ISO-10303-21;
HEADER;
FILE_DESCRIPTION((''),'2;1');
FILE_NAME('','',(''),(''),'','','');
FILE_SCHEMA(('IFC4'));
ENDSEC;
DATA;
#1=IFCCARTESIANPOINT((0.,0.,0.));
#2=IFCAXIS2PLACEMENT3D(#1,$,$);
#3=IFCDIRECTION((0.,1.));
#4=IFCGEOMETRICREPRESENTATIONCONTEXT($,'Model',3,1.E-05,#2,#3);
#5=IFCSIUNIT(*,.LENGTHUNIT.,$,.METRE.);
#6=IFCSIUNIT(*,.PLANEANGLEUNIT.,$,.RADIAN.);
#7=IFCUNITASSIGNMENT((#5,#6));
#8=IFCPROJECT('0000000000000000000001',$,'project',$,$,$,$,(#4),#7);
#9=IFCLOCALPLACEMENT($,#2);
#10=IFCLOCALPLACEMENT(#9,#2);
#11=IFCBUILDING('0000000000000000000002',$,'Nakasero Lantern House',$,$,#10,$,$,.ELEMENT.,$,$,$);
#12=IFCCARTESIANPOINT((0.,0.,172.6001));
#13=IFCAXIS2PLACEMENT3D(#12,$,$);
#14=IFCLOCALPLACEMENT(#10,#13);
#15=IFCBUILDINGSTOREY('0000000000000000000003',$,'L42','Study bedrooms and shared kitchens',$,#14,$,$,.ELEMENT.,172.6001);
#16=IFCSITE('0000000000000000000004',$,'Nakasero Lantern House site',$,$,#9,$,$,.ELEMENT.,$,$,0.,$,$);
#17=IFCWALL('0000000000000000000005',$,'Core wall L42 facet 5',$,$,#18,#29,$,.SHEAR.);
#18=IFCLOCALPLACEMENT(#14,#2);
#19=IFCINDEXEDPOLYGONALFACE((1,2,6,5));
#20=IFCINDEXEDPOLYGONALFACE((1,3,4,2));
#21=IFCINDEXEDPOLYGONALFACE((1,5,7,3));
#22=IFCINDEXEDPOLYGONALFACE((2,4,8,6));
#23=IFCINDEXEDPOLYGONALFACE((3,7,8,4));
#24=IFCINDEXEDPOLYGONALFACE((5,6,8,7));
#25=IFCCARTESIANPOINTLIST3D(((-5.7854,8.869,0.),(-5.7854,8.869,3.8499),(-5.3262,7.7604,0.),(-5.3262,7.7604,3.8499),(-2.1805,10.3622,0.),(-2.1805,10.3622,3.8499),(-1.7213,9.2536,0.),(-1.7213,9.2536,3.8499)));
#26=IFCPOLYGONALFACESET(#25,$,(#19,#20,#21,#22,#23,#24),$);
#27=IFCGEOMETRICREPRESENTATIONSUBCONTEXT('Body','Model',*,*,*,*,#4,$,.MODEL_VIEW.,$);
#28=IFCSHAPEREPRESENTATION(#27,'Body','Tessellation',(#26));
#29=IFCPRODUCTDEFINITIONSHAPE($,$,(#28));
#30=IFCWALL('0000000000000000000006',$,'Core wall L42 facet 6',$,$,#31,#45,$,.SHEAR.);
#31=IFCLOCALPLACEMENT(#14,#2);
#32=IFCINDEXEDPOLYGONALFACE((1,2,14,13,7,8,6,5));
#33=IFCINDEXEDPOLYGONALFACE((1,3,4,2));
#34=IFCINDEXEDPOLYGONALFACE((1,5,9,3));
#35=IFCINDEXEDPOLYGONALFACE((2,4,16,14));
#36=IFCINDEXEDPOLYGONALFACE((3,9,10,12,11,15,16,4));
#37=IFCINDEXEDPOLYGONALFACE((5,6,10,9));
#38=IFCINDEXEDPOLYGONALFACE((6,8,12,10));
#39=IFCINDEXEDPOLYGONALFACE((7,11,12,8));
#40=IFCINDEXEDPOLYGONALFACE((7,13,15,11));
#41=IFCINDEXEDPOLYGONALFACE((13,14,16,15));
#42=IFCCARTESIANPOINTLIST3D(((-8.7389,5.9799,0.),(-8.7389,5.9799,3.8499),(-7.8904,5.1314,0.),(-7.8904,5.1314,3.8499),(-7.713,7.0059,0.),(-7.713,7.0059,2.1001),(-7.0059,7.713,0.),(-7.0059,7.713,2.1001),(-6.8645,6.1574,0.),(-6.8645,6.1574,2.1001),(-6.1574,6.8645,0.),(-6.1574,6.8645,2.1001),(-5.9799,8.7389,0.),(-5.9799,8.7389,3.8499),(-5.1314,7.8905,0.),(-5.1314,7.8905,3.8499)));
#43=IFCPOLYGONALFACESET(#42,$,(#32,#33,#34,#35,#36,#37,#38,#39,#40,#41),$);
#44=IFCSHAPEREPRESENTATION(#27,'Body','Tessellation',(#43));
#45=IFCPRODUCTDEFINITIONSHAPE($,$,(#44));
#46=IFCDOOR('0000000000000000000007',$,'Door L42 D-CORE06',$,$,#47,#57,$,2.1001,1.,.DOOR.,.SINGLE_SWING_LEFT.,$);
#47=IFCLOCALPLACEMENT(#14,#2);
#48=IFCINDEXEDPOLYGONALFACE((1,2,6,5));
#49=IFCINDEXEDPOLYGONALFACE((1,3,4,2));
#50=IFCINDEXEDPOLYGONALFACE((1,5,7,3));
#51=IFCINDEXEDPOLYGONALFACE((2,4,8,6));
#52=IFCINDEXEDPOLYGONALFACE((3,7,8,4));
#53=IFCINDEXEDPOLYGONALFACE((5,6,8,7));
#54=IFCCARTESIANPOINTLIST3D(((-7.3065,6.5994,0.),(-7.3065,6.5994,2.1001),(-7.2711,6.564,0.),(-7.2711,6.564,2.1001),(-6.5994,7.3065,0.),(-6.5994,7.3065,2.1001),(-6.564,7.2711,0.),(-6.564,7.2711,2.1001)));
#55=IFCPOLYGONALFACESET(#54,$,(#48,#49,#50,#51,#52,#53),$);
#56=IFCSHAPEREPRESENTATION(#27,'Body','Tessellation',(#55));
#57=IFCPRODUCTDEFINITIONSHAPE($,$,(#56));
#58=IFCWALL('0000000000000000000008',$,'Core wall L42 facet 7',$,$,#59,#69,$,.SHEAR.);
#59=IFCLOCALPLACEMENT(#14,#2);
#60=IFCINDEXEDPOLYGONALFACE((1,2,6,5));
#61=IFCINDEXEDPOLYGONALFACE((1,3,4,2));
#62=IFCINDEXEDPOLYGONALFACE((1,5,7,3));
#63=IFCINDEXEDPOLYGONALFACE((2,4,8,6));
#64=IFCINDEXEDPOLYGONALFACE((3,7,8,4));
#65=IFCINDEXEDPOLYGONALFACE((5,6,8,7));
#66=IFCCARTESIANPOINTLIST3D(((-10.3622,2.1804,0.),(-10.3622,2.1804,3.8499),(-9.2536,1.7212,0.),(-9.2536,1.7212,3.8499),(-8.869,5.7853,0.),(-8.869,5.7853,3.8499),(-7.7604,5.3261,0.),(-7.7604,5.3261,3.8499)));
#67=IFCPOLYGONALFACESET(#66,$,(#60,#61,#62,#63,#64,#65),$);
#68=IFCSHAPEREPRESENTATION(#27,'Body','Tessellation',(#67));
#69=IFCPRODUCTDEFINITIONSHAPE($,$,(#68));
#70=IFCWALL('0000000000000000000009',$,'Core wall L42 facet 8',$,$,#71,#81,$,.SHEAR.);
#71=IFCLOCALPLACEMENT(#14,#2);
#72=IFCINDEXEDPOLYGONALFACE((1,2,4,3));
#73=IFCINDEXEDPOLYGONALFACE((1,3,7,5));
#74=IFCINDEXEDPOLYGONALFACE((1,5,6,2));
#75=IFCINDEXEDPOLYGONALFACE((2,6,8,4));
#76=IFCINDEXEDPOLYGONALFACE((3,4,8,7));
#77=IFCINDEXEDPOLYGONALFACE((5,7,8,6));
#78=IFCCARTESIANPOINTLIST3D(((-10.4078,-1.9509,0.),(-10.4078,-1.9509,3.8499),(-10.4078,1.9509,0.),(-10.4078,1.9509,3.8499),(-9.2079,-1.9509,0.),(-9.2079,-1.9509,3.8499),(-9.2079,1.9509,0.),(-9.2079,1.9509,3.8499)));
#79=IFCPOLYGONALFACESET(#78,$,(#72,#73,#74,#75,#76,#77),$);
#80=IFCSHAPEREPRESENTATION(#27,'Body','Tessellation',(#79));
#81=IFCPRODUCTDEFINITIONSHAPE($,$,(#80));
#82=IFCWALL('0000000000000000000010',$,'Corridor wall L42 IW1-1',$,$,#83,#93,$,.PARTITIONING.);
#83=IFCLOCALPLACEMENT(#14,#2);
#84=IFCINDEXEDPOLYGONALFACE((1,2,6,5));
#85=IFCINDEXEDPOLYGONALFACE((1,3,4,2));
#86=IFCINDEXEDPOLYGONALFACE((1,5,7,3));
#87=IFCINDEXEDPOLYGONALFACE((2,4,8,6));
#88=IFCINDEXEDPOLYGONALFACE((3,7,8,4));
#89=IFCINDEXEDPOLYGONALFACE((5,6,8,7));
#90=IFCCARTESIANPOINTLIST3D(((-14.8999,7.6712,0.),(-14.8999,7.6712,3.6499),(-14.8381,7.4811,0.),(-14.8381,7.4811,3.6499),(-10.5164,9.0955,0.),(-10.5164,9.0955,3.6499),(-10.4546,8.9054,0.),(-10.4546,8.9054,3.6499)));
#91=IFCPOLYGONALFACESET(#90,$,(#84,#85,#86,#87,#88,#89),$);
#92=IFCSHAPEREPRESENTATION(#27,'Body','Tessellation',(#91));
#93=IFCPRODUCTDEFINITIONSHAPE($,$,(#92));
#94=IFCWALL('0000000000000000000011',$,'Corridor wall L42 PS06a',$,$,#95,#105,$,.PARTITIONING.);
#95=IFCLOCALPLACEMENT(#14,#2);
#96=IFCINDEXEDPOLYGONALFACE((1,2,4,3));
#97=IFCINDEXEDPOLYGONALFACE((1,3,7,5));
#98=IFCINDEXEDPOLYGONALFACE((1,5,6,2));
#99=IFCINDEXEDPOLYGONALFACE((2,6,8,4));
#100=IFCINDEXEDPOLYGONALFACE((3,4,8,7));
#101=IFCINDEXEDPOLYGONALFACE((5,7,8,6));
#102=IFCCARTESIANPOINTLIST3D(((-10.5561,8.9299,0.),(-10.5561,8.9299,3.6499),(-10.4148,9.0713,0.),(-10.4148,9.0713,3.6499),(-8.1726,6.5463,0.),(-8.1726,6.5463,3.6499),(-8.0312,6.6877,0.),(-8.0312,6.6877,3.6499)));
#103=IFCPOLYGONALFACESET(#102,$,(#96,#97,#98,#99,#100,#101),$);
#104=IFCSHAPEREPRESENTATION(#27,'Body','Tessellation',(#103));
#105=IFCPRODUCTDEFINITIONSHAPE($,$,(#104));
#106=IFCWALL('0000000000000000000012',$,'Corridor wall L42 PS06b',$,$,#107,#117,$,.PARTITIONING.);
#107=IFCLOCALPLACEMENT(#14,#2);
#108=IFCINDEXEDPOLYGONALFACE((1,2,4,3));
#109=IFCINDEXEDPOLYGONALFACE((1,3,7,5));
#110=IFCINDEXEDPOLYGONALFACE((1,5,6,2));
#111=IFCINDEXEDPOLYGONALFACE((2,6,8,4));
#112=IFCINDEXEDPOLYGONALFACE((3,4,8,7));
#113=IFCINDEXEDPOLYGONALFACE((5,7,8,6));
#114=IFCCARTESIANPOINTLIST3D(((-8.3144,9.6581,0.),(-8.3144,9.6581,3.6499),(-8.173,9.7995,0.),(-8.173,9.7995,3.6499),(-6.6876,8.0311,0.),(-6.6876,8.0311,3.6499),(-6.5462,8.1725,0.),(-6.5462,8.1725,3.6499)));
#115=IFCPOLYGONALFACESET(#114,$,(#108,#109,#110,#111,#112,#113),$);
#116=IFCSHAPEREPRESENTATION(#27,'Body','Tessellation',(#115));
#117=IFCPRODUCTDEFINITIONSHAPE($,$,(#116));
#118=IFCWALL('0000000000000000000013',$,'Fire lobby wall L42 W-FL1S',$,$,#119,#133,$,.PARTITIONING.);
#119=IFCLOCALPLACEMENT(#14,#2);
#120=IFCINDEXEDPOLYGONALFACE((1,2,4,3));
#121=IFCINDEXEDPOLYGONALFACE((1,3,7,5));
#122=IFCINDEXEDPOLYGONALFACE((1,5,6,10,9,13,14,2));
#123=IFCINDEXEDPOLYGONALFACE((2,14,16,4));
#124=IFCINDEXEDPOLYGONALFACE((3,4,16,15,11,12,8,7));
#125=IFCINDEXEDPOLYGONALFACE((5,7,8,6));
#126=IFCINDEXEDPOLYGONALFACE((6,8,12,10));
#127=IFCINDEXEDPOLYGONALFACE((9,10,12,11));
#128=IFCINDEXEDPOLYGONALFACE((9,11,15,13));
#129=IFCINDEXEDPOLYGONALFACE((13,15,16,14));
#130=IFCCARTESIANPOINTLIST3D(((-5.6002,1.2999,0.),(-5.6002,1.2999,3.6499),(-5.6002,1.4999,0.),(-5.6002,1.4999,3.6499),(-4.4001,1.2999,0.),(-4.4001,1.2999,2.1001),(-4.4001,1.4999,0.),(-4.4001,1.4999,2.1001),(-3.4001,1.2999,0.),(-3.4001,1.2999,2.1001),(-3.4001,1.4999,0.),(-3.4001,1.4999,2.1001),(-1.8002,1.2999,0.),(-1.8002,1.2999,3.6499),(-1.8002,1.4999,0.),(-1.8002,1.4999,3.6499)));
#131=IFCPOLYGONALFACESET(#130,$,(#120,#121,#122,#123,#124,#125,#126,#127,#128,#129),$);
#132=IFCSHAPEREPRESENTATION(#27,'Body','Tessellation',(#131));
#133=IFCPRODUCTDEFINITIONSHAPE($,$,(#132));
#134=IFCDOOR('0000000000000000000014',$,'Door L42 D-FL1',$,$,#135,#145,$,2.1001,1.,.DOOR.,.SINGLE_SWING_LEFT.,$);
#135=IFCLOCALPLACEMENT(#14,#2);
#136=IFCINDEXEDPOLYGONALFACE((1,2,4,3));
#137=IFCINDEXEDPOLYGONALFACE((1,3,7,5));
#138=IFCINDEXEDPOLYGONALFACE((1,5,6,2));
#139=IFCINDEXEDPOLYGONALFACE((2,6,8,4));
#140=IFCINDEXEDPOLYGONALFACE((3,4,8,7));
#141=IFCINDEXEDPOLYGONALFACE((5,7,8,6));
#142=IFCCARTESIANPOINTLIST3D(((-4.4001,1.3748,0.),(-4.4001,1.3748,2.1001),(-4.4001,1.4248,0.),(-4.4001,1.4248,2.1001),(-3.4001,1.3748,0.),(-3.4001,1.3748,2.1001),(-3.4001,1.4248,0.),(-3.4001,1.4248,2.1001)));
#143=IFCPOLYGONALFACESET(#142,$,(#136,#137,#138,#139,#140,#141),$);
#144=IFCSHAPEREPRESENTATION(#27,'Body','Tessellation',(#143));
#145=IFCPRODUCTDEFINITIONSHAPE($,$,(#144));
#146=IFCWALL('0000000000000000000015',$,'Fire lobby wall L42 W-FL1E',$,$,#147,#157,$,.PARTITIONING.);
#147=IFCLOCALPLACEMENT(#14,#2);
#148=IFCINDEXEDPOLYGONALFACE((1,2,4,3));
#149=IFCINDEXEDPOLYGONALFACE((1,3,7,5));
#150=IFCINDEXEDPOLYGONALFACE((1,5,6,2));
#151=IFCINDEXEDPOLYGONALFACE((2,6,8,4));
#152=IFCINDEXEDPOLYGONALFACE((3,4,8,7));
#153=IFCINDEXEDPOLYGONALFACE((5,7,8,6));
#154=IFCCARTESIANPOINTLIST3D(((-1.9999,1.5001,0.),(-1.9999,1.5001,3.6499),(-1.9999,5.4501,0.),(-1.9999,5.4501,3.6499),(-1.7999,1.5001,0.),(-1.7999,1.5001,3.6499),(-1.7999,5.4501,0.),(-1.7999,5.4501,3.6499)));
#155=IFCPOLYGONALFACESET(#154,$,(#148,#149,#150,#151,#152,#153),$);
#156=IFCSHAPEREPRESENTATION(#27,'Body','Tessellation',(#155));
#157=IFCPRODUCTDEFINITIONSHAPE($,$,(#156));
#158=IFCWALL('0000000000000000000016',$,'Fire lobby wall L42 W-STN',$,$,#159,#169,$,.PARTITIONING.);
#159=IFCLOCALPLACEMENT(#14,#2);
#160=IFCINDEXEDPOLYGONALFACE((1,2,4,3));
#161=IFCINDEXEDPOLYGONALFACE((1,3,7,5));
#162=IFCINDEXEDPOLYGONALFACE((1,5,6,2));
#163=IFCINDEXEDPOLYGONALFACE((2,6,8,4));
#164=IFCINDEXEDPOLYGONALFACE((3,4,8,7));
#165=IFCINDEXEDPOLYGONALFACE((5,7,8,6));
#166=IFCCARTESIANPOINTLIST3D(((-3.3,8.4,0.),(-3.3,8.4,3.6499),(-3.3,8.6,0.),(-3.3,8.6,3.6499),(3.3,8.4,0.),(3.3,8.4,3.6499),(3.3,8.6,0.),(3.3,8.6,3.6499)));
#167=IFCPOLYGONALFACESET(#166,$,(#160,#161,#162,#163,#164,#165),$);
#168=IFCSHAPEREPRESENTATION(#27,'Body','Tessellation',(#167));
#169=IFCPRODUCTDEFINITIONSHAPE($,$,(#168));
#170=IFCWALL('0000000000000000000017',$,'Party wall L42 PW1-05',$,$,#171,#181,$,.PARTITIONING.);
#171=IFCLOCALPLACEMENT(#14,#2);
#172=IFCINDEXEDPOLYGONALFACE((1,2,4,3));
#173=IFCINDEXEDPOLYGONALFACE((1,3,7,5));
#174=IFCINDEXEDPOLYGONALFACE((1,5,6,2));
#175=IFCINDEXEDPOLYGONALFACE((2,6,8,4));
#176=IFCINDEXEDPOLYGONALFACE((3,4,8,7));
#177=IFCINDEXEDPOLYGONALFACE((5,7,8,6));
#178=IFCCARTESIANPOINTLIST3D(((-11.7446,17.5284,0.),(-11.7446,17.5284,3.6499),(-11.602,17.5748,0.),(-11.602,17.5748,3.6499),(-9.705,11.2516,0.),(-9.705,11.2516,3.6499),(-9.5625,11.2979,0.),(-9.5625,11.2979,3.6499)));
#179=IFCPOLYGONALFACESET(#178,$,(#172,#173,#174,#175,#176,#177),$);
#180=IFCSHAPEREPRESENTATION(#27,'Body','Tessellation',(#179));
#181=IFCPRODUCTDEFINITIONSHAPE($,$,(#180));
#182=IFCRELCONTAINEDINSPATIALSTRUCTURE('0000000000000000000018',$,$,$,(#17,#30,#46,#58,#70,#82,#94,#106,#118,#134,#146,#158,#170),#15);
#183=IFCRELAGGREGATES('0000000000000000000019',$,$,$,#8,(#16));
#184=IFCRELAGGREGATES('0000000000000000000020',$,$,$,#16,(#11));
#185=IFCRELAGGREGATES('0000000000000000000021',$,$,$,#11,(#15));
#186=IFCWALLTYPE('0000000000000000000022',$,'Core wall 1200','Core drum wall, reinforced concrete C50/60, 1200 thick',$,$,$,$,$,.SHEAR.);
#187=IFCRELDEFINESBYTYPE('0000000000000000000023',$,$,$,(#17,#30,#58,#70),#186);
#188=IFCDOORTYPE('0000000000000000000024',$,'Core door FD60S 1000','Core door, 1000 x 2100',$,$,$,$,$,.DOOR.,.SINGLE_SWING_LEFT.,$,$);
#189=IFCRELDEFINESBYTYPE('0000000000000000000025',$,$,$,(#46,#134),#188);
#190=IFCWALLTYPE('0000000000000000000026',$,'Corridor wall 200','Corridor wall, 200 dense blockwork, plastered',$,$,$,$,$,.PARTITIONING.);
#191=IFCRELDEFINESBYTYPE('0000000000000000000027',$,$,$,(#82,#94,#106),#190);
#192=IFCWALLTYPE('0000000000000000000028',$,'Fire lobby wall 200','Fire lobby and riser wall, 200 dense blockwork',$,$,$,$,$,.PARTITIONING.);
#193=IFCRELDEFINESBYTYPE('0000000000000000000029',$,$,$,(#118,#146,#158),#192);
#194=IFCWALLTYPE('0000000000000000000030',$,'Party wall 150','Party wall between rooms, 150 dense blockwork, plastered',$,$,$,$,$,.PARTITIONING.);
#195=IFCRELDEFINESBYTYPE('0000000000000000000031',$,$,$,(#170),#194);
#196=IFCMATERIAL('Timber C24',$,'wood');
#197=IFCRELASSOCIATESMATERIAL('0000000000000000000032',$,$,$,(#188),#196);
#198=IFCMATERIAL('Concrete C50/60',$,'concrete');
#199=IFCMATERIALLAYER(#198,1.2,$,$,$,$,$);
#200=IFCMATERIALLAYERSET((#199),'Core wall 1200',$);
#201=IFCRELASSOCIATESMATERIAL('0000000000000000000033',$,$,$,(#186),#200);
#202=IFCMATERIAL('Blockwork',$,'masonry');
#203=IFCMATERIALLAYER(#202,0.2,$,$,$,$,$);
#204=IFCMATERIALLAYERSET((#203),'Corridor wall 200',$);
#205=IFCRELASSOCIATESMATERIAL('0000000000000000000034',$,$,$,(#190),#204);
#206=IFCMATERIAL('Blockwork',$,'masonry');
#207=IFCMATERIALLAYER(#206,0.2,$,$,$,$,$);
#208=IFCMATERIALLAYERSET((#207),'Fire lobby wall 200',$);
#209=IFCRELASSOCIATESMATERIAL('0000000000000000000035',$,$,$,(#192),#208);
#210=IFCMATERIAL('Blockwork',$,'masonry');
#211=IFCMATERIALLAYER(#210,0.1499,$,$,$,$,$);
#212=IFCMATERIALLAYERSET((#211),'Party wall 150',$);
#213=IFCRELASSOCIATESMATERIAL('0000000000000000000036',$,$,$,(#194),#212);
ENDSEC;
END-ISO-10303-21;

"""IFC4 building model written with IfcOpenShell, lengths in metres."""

from ifc_helpers import new_model, si_unit, direction, frame, frame_2d, origin, place, context, subcontext, project, spatial, rectangle, extrude, material, layer, layer_set, type_object, element, fill, save


model = new_model("IFC4")

# Units and contexts
model_context = context("Model", 3, precision=1e-05, world=origin(), true_north=direction((0.0, 1.0)))
body_context = subcontext(model_context, "Body", "Model", "MODEL_VIEW")
ifc_project = project(units=[si_unit("LENGTHUNIT", "METRE"), si_unit("PLANEANGLEUNIT", "RADIAN")], contexts=[model_context])

# Site, building, storey
site_placement = place(None, origin())
site = spatial("IfcSite", under=ifc_project, at=site_placement, Name="Nakasero Lantern House site", CompositionType="ELEMENT", RefElevation=0.0)
building_placement = place(site_placement, origin())
building = spatial("IfcBuilding", under=site, at=building_placement, Name="Nakasero Lantern House", CompositionType="ELEMENT")
storey_placement = place(building_placement, frame((0.0, 0.0, 172.6001)))
storey = spatial("IfcBuildingStorey", under=building, at=storey_placement, Name="L42", Description="Study bedrooms and shared kitchens", CompositionType="ELEMENT", Elevation=172.6001)

# Shared definitions
ifc_material_1 = material(Name="Timber C24", Category="wood")
door_type = type_object("IfcDoorType", Name="Core door FD60S 1000", Description="Core door, 1000 x 2100", OperationType="SINGLE_SWING_LEFT", PredefinedType="DOOR", material=ifc_material_1)

# Wall
ifc_material_2 = material(Name="Concrete C50/60", Category="concrete")
ifc_layer_1 = layer(ifc_material_2, 1.2)
ifc_layer_set_1 = layer_set([ifc_layer_1], Name="Core wall 1200")
wall_type_1 = type_object("IfcWallType", Name="Core wall 1200", Description="Core drum wall, reinforced concrete C50/60, 1200 thick", PredefinedType="SHEAR", material=ifc_layer_set_1)
wall_1_placement = place(storey_placement, frame((-1.9509, 9.8079, 0.0), z_axis=(0.0, 0.0, 1.0), x_axis=(-0.923877, -0.382691, 0.0)))
element("IfcWall", 1, at=wall_1_placement, inside=storey, type_object=wall_type_1, Name="Core wall L42 facet 5", PredefinedType="SHEAR", context=body_context, shape_type="SweptSolid", body=[
    extrude(rectangle(XDim=3.9019, YDim=1.2, at=frame_2d((1.9509, 0.0))), origin(), (0.0, 0.0, 1.0), 3.8499),
])

# Wall, opening, door
wall_2_placement = place(storey_placement, frame((-5.5557, 8.3147, 0.0), z_axis=(0.0, 0.0, 1.0), x_axis=(-0.707107, -0.707107, 0.0)))
wall_2 = element("IfcWall", 2, at=wall_2_placement, inside=storey, type_object=wall_type_1, Name="Core wall L42 facet 6", PredefinedType="SHEAR", context=body_context, shape_type="SweptSolid", body=[
    extrude(rectangle(XDim=3.9019, YDim=1.2, at=frame_2d((1.9509, 0.0))), origin(), (0.0, 0.0, 1.0), 3.8499),
])
opening_1_placement = place(wall_2_placement, frame((1.4509, 0.0, 0.0)))
opening_1 = element("IfcOpeningElement", 3, at=opening_1_placement, cuts=wall_2, PredefinedType="OPENING", context=body_context, shape_type="SweptSolid", body=[
    extrude(rectangle(XDim=1.0, YDim=2.1001, at=frame_2d((0.5, 1.05))), frame((0.0, 0.6199, 0.0), z_axis=(0.0, -1.0, 0.0), x_axis=(1.0, 0.0, 0.0)), (0.0, 0.0, 1.0), 1.24),
])
door_1_placement = place(opening_1_placement, origin())
door_1 = element("IfcDoor", 4, at=door_1_placement, inside=storey, type_object=door_type, Name="Door L42 D-CORE06", OperationType="SINGLE_SWING_LEFT", OverallHeight=2.1001, OverallWidth=1.0, PredefinedType="DOOR", context=body_context, shape_type="SweptSolid", body=[
    extrude(rectangle(XDim=1.0, YDim=2.1001, at=frame_2d((0.5, 1.05))), frame((0.0, 0.0249, 0.0), z_axis=(0.0, -1.0, 0.0), x_axis=(1.0, 0.0, 0.0)), (0.0, 0.0, 1.0), 0.05),
])
fill(opening_1, door_1)

# Walls
for number, where, z_axis, x_axis, name in (
    (5, (-8.3147, 5.5557, 0.0), (0.0, 0.0, 1.0), (-0.382691, -0.923877, 0.0), "Core wall L42 facet 7"),
    (6, (-9.8079, 1.9509, 0.0), (0.0, 0.0, 1.0), (0.0, -1.0, 0.0), "Core wall L42 facet 8"),
):
    element("IfcWall", number, at=place(storey_placement, frame(where, z_axis=z_axis, x_axis=x_axis)), inside=storey, type_object=wall_type_1, Name=name, PredefinedType="SHEAR", context=body_context, shape_type="SweptSolid", body=[
        extrude(rectangle(XDim=3.9019, YDim=1.2, at=frame_2d((1.9509, 0.0))), origin(), (0.0, 0.0, 1.0), 3.8499),
    ])
ifc_material_3 = material(Name="Blockwork", Category="masonry")
ifc_layer_2 = layer(ifc_material_3, 0.2)
ifc_layer_set_2 = layer_set([ifc_layer_2], Name="Corridor wall 200")
wall_type_2 = type_object("IfcWallType", Name="Corridor wall 200", Description="Corridor wall, 200 dense blockwork, plastered", PredefinedType="PARTITIONING", material=ifc_layer_set_2)
wall_3_placement = place(storey_placement, frame((-10.4854, 9.0005, 0.0), z_axis=(0.0, 0.0, 1.0), x_axis=(-0.951055, -0.30902, 0.0)))
element("IfcWall", 7, at=wall_3_placement, inside=storey, type_object=wall_type_2, Name="Corridor wall L42 IW1-1", PredefinedType="PARTITIONING", context=body_context, shape_type="SweptSolid", body=[
    extrude(rectangle(XDim=4.6091, YDim=0.2, at=frame_2d((2.3047, 0.0))), origin(), (0.0, 0.0, 1.0), 3.6499),
])
wall_4_placement = place(storey_placement, frame((-8.1018, 6.6169, 0.0), z_axis=(0.0, 0.0, 1.0), x_axis=(-0.707107, 0.707107, 0.0)))
element("IfcWall", 8, at=wall_4_placement, inside=storey, type_object=wall_type_2, Name="Corridor wall L42 PS06a", PredefinedType="PARTITIONING", context=body_context, shape_type="SweptSolid", body=[
    extrude(rectangle(XDim=3.3708, YDim=0.2, at=frame_2d((1.6855, 0.0))), origin(), (0.0, 0.0, 1.0), 3.6499),
])
wall_5_placement = place(storey_placement, frame((-6.6169, 8.1018, 0.0), z_axis=(0.0, 0.0, 1.0), x_axis=(-0.707054, 0.70716, 0.0)))
element("IfcWall", 9, at=wall_5_placement, inside=storey, type_object=wall_type_2, Name="Corridor wall L42 PS06b", PredefinedType="PARTITIONING", context=body_context, shape_type="SweptSolid", body=[
    extrude(rectangle(XDim=2.3008, YDim=0.2, at=frame_2d((1.1504, 0.0))), origin(), (0.0, 0.0, 1.0), 3.6499),
])

# Wall, opening, door
ifc_material_4 = material(Name="Blockwork", Category="masonry")
ifc_layer_3 = layer(ifc_material_4, 0.2)
ifc_layer_set_3 = layer_set([ifc_layer_3], Name="Fire lobby wall 200")
wall_type_3 = type_object("IfcWallType", Name="Fire lobby wall 200", Description="Fire lobby and riser wall, 200 dense blockwork", PredefinedType="PARTITIONING", material=ifc_layer_set_3)
wall_6_placement = place(storey_placement, frame((-5.6001, 1.3999, 0.0), z_axis=(0.0, 0.0, 1.0), x_axis=(1.0, 0.0, 0.0)))
wall_6 = element("IfcWall", 10, at=wall_6_placement, inside=storey, type_object=wall_type_3, Name="Fire lobby wall L42 W-FL1S", PredefinedType="PARTITIONING", context=body_context, shape_type="SweptSolid", body=[
    extrude(rectangle(XDim=3.8, YDim=0.2, at=frame_2d((1.8999, 0.0))), origin(), (0.0, 0.0, 1.0), 3.6499),
])
opening_2_placement = place(wall_6_placement, frame((1.2, 0.0, 0.0)))
opening_2 = element("IfcOpeningElement", 11, at=opening_2_placement, cuts=wall_6, PredefinedType="OPENING", context=body_context, shape_type="SweptSolid", body=[
    extrude(rectangle(XDim=1.0, YDim=2.1001, at=frame_2d((0.5, 1.05))), frame((0.0, 0.1199, 0.0), z_axis=(0.0, -1.0, 0.0), x_axis=(1.0, 0.0, 0.0)), (0.0, 0.0, 1.0), 0.24),
])
door_2_placement = place(opening_2_placement, origin())
door_2 = element("IfcDoor", 12, at=door_2_placement, inside=storey, type_object=door_type, Name="Door L42 D-FL1", OperationType="SINGLE_SWING_LEFT", OverallHeight=2.1001, OverallWidth=1.0, PredefinedType="DOOR", context=body_context, shape_type="SweptSolid", body=[
    extrude(rectangle(XDim=1.0, YDim=2.1001, at=frame_2d((0.5, 1.05))), frame((0.0, 0.0249, 0.0), z_axis=(0.0, -1.0, 0.0), x_axis=(1.0, 0.0, 0.0)), (0.0, 0.0, 1.0), 0.05),
])
fill(opening_2, door_2)

# Walls
wall_7_placement = place(storey_placement, frame((-1.8999, 1.5, 0.0), z_axis=(0.0, 0.0, 1.0), x_axis=(0.0, 1.0, 0.0)))
element("IfcWall", 13, at=wall_7_placement, inside=storey, type_object=wall_type_3, Name="Fire lobby wall L42 W-FL1E", PredefinedType="PARTITIONING", context=body_context, shape_type="SweptSolid", body=[
    extrude(rectangle(XDim=3.95, YDim=0.2, at=frame_2d((1.9751, 0.0))), origin(), (0.0, 0.0, 1.0), 3.6499),
])
wall_8_placement = place(storey_placement, frame((-3.3, 8.5, 0.0), z_axis=(0.0, 0.0, 1.0), x_axis=(1.0, 0.0, 0.0)))
element("IfcWall", 14, at=wall_8_placement, inside=storey, type_object=wall_type_3, Name="Fire lobby wall L42 W-STN", PredefinedType="PARTITIONING", context=body_context, shape_type="SweptSolid", body=[
    extrude(rectangle(XDim=6.6001, YDim=0.2, at=frame_2d((3.3, 0.0))), origin(), (0.0, 0.0, 1.0), 3.6499),
])
ifc_material_5 = material(Name="Blockwork", Category="masonry")
ifc_layer_4 = layer(ifc_material_5, 0.1499)
ifc_layer_set_4 = layer_set([ifc_layer_4], Name="Party wall 150")
wall_type_4 = type_object("IfcWallType", Name="Party wall 150", Description="Party wall between rooms, 150 dense blockwork, plastered", PredefinedType="PARTITIONING", material=ifc_layer_set_4)
wall_9_placement = place(storey_placement, frame((-9.6338, 11.2749, 0.0), z_axis=(0.0, 0.0, 1.0), x_axis=(-0.309028, 0.951053, 0.0)))
element("IfcWall", 15, at=wall_9_placement, inside=storey, type_object=wall_type_4, Name="Party wall L42 PW1-05", PredefinedType="PARTITIONING", context=body_context, shape_type="SweptSolid", body=[
    extrude(rectangle(XDim=6.5999, YDim=0.1499, at=frame_2d((3.2998, 0.0))), origin(), (0.0, 0.0, 1.0), 3.6499),
])

save(model, "model.ifc")
